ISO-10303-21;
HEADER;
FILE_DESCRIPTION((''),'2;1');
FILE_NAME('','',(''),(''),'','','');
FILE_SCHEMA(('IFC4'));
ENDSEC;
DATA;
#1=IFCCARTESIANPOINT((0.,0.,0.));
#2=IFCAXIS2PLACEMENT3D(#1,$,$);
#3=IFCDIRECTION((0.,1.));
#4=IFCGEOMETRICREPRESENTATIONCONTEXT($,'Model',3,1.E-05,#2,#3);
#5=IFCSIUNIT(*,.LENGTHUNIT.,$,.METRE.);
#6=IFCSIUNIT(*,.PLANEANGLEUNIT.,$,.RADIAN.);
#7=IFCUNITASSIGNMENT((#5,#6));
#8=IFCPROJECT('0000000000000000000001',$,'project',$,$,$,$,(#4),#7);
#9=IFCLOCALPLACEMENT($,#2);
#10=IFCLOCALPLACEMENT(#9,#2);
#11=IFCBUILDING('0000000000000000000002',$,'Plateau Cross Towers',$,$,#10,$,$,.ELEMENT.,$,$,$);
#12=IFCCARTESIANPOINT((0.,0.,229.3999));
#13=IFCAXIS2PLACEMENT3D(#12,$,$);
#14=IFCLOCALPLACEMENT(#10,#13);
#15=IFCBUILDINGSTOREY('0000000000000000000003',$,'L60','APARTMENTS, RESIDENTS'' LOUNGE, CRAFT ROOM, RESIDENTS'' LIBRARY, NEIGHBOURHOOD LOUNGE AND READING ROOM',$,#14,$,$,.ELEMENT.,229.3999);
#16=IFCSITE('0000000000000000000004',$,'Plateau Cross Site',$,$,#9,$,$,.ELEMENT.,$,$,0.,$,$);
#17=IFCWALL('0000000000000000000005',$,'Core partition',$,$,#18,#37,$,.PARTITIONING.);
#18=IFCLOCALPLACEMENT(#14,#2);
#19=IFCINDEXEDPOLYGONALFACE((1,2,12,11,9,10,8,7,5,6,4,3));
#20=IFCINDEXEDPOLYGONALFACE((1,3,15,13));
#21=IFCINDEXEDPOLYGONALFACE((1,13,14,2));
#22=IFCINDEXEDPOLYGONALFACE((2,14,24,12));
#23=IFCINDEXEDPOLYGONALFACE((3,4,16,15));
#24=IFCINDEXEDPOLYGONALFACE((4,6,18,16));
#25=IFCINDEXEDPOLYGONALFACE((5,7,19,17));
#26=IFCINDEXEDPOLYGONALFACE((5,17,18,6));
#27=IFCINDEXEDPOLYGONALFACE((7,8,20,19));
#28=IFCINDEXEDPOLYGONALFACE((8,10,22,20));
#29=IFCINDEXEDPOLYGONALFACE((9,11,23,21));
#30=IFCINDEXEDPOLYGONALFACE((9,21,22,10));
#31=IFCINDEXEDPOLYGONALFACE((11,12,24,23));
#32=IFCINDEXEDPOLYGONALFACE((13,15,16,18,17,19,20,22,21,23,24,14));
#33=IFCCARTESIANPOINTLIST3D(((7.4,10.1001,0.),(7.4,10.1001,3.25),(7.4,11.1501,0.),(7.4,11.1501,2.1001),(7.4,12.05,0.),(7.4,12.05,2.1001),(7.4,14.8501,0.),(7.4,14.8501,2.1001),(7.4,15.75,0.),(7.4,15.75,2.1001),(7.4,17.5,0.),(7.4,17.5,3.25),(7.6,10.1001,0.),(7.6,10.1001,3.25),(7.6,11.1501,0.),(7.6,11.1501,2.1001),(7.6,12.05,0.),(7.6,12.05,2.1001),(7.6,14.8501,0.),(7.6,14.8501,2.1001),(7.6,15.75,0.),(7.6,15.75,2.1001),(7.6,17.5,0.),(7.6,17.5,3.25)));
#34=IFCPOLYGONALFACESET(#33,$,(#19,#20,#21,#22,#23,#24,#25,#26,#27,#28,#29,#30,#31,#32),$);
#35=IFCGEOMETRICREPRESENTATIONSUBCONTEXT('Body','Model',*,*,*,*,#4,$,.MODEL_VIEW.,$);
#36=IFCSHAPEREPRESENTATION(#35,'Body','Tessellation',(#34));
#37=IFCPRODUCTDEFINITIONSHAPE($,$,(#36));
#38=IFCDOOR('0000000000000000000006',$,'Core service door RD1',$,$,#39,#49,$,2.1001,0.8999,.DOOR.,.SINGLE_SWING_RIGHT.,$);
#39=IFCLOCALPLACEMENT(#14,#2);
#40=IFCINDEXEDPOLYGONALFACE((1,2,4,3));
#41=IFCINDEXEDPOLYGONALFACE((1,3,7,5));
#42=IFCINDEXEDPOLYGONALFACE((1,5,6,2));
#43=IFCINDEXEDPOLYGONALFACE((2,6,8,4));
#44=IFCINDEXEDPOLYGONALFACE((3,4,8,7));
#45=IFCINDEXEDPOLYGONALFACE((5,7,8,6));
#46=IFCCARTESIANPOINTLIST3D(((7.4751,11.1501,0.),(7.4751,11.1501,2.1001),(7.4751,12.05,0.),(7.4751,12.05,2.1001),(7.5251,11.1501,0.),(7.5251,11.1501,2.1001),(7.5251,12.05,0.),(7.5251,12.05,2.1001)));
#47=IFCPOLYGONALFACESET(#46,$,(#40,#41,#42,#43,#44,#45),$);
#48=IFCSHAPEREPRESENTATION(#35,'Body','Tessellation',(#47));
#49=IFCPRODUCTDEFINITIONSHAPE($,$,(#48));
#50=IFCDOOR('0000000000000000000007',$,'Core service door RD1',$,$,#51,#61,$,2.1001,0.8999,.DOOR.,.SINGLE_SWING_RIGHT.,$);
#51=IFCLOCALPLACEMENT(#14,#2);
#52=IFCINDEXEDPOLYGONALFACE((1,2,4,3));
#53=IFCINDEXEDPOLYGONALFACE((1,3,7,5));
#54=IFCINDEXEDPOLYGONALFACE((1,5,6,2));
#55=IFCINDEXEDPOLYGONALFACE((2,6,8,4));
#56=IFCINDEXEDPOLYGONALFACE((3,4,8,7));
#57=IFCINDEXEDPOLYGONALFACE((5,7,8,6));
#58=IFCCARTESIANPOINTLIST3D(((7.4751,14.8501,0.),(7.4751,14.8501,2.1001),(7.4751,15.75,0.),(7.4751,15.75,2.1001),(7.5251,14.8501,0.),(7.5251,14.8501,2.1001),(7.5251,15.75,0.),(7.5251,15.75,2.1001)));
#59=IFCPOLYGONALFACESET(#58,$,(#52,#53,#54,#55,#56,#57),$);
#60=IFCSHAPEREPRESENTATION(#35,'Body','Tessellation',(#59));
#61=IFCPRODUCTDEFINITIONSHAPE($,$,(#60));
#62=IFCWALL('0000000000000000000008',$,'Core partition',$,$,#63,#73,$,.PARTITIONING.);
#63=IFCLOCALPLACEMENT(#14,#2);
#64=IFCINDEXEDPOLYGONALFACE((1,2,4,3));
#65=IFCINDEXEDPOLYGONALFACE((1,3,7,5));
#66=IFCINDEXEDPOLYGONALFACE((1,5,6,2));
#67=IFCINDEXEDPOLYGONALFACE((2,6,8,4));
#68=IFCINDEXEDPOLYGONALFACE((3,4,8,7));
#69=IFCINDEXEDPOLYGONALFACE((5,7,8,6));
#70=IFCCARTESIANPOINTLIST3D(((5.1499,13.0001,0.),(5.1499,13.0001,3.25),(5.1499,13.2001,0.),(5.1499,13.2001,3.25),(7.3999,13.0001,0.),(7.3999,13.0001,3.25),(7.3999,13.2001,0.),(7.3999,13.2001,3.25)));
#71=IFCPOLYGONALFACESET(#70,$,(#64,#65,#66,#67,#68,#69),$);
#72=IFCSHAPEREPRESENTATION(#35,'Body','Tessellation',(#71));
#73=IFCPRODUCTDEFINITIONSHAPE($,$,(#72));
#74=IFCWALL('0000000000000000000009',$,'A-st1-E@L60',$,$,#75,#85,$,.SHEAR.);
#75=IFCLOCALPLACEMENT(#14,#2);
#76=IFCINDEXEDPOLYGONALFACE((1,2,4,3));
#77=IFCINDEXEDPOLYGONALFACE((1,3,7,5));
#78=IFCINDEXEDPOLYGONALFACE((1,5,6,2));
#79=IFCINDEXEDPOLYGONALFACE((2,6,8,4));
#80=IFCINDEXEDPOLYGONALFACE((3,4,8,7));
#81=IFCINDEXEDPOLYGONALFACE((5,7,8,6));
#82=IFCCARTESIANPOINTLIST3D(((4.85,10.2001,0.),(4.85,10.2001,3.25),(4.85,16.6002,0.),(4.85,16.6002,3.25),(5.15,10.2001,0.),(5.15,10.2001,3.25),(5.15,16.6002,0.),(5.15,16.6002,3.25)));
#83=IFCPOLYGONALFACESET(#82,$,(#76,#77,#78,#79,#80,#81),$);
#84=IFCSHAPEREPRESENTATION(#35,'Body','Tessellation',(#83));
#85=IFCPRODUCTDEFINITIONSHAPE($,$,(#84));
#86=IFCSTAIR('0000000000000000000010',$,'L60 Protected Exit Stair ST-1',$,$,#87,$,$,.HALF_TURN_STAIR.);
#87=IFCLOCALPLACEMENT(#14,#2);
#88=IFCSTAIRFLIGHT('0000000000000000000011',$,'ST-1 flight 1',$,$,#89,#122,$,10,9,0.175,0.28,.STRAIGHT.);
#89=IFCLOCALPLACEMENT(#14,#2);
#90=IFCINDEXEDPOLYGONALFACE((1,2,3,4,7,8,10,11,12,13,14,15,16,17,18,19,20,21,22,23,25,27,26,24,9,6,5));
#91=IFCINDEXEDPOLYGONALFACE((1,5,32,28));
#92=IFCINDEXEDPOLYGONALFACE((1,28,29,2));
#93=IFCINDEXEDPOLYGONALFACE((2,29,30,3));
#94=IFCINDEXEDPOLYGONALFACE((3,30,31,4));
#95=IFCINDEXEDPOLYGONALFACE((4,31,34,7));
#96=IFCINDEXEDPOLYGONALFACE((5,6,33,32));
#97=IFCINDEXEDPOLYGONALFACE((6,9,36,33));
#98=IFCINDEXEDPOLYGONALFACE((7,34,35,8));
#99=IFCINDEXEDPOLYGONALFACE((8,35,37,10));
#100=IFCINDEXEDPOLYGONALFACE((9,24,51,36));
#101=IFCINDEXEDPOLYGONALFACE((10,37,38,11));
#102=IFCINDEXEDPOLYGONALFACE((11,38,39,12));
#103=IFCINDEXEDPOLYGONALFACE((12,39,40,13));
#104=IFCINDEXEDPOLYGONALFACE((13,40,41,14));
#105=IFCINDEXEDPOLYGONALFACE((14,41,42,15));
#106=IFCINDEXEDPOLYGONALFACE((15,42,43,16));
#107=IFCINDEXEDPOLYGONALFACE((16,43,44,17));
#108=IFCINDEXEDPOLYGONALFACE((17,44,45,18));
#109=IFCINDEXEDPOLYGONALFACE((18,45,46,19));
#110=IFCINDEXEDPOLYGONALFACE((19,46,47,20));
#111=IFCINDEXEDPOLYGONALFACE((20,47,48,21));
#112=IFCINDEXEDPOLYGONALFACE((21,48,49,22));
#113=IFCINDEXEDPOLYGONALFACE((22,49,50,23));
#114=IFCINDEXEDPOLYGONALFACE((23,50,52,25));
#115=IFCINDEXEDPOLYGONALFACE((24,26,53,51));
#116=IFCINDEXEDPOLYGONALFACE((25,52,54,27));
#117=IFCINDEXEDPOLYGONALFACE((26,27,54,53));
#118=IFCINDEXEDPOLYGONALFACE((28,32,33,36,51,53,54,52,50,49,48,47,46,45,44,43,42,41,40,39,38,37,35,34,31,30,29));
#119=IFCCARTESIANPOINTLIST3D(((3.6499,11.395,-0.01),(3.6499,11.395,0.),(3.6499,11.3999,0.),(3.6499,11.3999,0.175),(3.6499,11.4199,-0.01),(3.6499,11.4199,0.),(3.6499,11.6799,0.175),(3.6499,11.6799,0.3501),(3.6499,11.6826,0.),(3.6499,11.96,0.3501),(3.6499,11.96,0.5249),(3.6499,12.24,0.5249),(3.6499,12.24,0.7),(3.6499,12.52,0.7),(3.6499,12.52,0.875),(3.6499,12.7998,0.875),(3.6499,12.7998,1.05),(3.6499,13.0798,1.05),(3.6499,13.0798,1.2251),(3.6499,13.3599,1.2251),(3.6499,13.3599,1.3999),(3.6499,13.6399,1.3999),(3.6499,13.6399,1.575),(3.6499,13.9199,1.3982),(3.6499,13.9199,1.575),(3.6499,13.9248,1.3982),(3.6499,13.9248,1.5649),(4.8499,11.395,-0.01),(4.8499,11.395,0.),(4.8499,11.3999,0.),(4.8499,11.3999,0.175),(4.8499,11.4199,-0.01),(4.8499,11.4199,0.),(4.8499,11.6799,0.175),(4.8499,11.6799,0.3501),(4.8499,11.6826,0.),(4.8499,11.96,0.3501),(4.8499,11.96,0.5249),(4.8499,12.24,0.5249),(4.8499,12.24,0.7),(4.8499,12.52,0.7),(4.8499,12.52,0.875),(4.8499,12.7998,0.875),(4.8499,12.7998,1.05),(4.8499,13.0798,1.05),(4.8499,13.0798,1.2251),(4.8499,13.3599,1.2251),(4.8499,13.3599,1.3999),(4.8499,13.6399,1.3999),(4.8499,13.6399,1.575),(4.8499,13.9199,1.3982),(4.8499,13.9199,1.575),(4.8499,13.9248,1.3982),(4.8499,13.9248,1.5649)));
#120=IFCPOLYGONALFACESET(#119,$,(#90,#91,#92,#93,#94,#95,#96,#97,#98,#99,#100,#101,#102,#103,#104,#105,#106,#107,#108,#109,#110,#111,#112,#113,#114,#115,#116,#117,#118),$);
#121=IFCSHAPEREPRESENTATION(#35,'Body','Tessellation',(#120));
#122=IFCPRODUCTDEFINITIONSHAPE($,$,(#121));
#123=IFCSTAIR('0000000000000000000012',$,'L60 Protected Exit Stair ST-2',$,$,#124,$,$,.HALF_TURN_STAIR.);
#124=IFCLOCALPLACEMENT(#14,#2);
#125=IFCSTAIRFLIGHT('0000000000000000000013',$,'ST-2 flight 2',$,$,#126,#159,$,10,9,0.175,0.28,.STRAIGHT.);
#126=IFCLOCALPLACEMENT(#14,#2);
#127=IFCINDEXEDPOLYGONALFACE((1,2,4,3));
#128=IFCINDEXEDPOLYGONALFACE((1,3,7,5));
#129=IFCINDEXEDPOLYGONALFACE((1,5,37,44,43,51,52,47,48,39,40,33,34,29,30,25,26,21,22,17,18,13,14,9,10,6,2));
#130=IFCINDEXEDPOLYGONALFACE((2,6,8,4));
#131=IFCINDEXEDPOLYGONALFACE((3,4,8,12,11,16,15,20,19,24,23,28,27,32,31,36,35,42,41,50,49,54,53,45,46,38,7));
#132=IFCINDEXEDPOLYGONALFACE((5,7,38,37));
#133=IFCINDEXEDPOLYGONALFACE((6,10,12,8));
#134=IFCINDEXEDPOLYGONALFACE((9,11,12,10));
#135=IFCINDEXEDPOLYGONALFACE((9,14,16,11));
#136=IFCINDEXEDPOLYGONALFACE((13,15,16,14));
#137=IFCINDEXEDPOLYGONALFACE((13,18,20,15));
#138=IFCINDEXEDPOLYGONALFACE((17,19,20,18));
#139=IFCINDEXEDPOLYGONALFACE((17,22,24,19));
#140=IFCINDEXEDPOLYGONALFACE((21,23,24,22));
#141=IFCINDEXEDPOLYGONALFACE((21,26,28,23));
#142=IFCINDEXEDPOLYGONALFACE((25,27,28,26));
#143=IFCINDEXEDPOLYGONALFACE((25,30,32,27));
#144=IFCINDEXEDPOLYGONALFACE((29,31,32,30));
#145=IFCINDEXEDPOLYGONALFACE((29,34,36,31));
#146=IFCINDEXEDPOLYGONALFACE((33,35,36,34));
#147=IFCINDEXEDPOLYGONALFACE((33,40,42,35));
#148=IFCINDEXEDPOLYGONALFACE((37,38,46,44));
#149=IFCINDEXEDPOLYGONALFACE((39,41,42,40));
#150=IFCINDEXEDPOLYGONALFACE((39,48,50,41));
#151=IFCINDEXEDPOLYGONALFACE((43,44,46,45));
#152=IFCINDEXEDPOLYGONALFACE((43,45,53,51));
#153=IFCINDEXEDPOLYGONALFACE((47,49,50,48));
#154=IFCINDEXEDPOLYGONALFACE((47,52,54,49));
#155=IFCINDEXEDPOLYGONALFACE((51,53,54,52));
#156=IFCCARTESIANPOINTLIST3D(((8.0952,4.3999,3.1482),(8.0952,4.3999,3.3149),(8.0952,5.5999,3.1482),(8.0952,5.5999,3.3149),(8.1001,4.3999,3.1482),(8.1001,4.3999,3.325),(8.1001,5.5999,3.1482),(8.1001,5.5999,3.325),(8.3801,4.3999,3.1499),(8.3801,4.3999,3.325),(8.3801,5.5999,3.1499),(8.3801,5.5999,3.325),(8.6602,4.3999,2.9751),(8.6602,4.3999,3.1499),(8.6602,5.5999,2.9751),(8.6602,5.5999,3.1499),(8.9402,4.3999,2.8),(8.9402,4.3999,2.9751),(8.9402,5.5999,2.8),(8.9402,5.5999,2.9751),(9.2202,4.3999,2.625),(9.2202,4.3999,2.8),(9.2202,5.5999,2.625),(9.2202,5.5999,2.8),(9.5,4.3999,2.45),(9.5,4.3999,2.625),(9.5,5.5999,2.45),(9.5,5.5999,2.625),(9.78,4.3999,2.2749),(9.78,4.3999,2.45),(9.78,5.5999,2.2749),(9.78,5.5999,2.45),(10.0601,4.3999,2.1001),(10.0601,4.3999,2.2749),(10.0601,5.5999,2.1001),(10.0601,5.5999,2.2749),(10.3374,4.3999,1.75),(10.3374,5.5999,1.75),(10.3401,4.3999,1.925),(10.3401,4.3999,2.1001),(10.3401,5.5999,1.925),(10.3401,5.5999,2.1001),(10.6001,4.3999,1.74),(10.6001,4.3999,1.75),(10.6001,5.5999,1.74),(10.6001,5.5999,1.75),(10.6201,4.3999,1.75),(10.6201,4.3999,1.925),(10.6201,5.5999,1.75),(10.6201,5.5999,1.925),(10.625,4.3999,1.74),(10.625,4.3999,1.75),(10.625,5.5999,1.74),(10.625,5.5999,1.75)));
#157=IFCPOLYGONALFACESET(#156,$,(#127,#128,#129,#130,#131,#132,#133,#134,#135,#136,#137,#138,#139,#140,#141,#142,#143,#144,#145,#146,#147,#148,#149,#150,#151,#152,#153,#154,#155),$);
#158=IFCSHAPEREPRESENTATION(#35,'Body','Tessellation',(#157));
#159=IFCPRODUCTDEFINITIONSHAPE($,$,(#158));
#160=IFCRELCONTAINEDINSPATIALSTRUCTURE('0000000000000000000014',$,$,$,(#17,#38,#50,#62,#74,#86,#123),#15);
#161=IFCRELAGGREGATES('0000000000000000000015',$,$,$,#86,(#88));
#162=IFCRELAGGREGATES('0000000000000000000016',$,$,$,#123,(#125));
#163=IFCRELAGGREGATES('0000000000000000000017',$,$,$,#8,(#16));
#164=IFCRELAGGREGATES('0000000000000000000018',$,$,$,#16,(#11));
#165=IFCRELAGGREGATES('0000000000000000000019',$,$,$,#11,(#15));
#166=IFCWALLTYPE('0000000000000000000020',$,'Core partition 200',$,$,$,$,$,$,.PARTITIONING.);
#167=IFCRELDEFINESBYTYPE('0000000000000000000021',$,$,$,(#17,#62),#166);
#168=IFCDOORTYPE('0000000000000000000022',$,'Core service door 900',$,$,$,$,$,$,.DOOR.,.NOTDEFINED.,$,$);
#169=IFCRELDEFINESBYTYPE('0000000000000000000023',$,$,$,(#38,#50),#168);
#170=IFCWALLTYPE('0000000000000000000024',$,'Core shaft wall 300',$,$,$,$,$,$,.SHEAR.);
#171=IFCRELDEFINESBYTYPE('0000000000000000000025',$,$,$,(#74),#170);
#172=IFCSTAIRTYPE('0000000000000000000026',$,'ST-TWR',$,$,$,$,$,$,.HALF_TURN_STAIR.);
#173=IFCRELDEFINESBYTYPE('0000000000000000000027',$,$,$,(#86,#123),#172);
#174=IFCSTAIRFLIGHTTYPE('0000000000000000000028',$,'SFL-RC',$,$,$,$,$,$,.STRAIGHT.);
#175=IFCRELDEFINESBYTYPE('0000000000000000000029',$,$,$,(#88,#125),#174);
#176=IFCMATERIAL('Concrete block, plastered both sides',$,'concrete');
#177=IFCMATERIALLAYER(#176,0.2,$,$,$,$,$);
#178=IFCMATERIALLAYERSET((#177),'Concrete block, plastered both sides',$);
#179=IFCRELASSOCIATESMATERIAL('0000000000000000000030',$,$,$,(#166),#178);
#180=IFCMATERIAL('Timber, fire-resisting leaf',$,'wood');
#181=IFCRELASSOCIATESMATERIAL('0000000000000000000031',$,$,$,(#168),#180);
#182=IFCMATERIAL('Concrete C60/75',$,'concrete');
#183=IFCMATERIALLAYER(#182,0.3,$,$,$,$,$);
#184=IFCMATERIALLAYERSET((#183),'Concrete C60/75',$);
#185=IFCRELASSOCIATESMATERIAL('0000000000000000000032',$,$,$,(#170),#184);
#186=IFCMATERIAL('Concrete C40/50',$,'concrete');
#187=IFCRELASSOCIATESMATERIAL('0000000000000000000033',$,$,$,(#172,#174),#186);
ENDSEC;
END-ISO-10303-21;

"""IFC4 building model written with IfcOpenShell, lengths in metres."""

from ifc_helpers import new_model, si_unit, direction, frame, frame_2d, origin, place, context, subcontext, project, spatial, polyline, rectangle, outline, extrude, material, layer, layer_set, type_object, element, fill, aggregate, save


model = new_model("IFC4")

# Units and contexts
model_context = context("Model", 3, precision=1e-05, world=origin(), true_north=direction((0.0, 1.0)))
body_context = subcontext(model_context, "Body", "Model", "MODEL_VIEW")
ifc_project = project(units=[si_unit("LENGTHUNIT", "METRE"), si_unit("PLANEANGLEUNIT", "RADIAN")], contexts=[model_context])

# Site, building, storey
site_placement = place(None, origin())
site = spatial("IfcSite", under=ifc_project, at=site_placement, Name="Plateau Cross Site", CompositionType="ELEMENT", RefElevation=0.0)
building_placement = place(site_placement, origin())
building = spatial("IfcBuilding", under=site, at=building_placement, Name="Plateau Cross Towers", CompositionType="ELEMENT")
storey_placement = place(building_placement, frame((0.0, 0.0, 229.3999)))
storey = spatial("IfcBuildingStorey", under=building, at=storey_placement, Name="L60", Description="APARTMENTS, RESIDENTS' LOUNGE, CRAFT ROOM, RESIDENTS' LIBRARY, NEIGHBOURHOOD LOUNGE AND READING ROOM", CompositionType="ELEMENT", Elevation=229.3999)

# Shared definitions
ifc_material_1 = material(Name="Concrete block, plastered both sides", Category="concrete")
ifc_layer_1 = layer(ifc_material_1, 0.2)
ifc_layer_set_1 = layer_set([ifc_layer_1], Name="Concrete block, plastered both sides")
wall_type_1 = type_object("IfcWallType", Name="Core partition 200", PredefinedType="PARTITIONING", material=ifc_layer_set_1)

# Shared definitions
ifc_material_2 = material(Name="Timber, fire-resisting leaf", Category="wood")
door_type_1 = type_object("IfcDoorType", Name="Core service door 900", OperationType="NOTDEFINED", PredefinedType="DOOR", material=ifc_material_2)

# Wall, openings, doors
wall_1_placement = place(storey_placement, frame((7.5, 10.1001, 0.0), z_axis=(0.0, 0.0, 1.0), x_axis=(0.0, 1.0, 0.0)))
wall_1 = element("IfcWall", 1, at=wall_1_placement, inside=storey, type_object=wall_type_1, Name="Core partition", PredefinedType="PARTITIONING", context=body_context, shape_type="SweptSolid", body=[
    extrude(rectangle(XDim=7.3999, YDim=0.2, at=frame_2d((3.7, 0.0))), origin(), (0.0, 0.0, 1.0), 3.25),
])
opening_1_placement = place(wall_1_placement, frame((1.05, 0.0, 0.0)))
opening_1 = element("IfcOpeningElement", 2, at=opening_1_placement, cuts=wall_1, PredefinedType="OPENING", context=body_context, shape_type="SweptSolid", body=[
    extrude(rectangle(XDim=0.8999, YDim=2.1001, at=frame_2d((0.45, 1.05))), frame((0.0, 0.1099, 0.0), z_axis=(0.0, -1.0, 0.0), x_axis=(1.0, 0.0, 0.0)), (0.0, 0.0, 1.0), 0.22),
])
opening_2_placement = place(wall_1_placement, frame((4.75, 0.0, 0.0)))
opening_2 = element("IfcOpeningElement", 3, at=opening_2_placement, cuts=wall_1, PredefinedType="OPENING", context=body_context, shape_type="SweptSolid", body=[
    extrude(rectangle(XDim=0.8999, YDim=2.1001, at=frame_2d((0.45, 1.05))), frame((0.0, 0.1099, 0.0), z_axis=(0.0, -1.0, 0.0), x_axis=(1.0, 0.0, 0.0)), (0.0, 0.0, 1.0), 0.22),
])
door_1_placement = place(opening_1_placement, origin())
door_1 = element("IfcDoor", 4, at=door_1_placement, inside=storey, type_object=door_type_1, Name="Core service door RD1", OperationType="SINGLE_SWING_RIGHT", OverallHeight=2.1001, OverallWidth=0.8999, PredefinedType="DOOR", context=body_context, shape_type="SweptSolid", body=[
    extrude(rectangle(XDim=0.8999, YDim=2.1001, at=frame_2d((0.45, 1.05))), frame((0.0, 0.0249, 0.0), z_axis=(0.0, -1.0, 0.0), x_axis=(1.0, 0.0, 0.0)), (0.0, 0.0, 1.0), 0.05),
])
fill(opening_1, door_1)
door_2_placement = place(opening_2_placement, origin())
door_2 = element("IfcDoor", 5, at=door_2_placement, inside=storey, type_object=door_type_1, Name="Core service door RD1", OperationType="SINGLE_SWING_RIGHT", OverallHeight=2.1001, OverallWidth=0.8999, PredefinedType="DOOR", context=body_context, shape_type="SweptSolid", body=[
    extrude(rectangle(XDim=0.8999, YDim=2.1001, at=frame_2d((0.45, 1.05))), frame((0.0, 0.0249, 0.0), z_axis=(0.0, -1.0, 0.0), x_axis=(1.0, 0.0, 0.0)), (0.0, 0.0, 1.0), 0.05),
])
fill(opening_2, door_2)

# Walls
wall_2_placement = place(storey_placement, frame((5.1499, 13.1001, 0.0), z_axis=(0.0, 0.0, 1.0), x_axis=(1.0, 0.0, 0.0)))
element("IfcWall", 6, at=wall_2_placement, inside=storey, type_object=wall_type_1, Name="Core partition", PredefinedType="PARTITIONING", context=body_context, shape_type="SweptSolid", body=[
    extrude(rectangle(XDim=2.25, YDim=0.2, at=frame_2d((1.125, 0.0))), origin(), (0.0, 0.0, 1.0), 3.25),
])
ifc_material_3 = material(Name="Concrete C60/75", Category="concrete")
ifc_layer_2 = layer(ifc_material_3, 0.3)
ifc_layer_set_2 = layer_set([ifc_layer_2], Name="Concrete C60/75")
wall_type_2 = type_object("IfcWallType", Name="Core shaft wall 300", PredefinedType="SHEAR", material=ifc_layer_set_2)
wall_3_placement = place(storey_placement, frame((5.0, 10.2, 0.0), z_axis=(0.0, 0.0, 1.0), x_axis=(0.0, 1.0, 0.0)))
element("IfcWall", 7, at=wall_3_placement, inside=storey, type_object=wall_type_2, Name="A-st1-E@L60", PredefinedType="SHEAR", context=body_context, shape_type="SweptSolid", body=[
    extrude(rectangle(XDim=6.4001, YDim=0.3, at=frame_2d((3.2002, 0.0))), origin(), (0.0, 0.0, 1.0), 3.25),
])

# Stairs, stair flights
ifc_material_4 = material(Name="Concrete C40/50", Category="concrete")
stair_type = type_object("IfcStairType", Name="ST-TWR", PredefinedType="HALF_TURN_STAIR", material=ifc_material_4)
stair_1_placement = place(storey_placement, origin())
stair_1 = element("IfcStair", 8, at=stair_1_placement, inside=storey, type_object=stair_type, Name="L60 Protected Exit Stair ST-1", PredefinedType="HALF_TURN_STAIR")
stair_flight_type = type_object("IfcStairFlightType", Name="SFL-RC", PredefinedType="STRAIGHT", material=ifc_material_4)
stair_flight_1_placement = place(storey_placement, frame((4.25, 11.3999, 0.0), z_axis=(0.0, 0.0, 1.0), x_axis=(0.0, 1.0, 0.0)))
stair_flight_1 = element("IfcStairFlight", 9, at=stair_flight_1_placement, type_object=stair_flight_type, Name="ST-1 flight 1", NumberOfRisers=10, NumberOfTreads=9, PredefinedType="STRAIGHT", RiserHeight=0.175, TreadLength=0.28, context=body_context, shape_type="SweptSolid", body=[
    extrude(outline(polyline([(-0.0049, -0.01), (-0.0049, 0.0), (0.0, 0.0), (0.0, 0.175), (0.28, 0.175), (0.28, 0.3501), (0.5601, 0.3501), (0.5601, 0.5249), (0.8401, 0.5249), (0.8401, 0.7), (1.1201, 0.7), (1.1201, 0.875), (1.3999, 0.875), (1.3999, 1.05), (1.6799, 1.05), (1.6799, 1.2251), (1.96, 1.2251), (1.96, 1.3999), (2.24, 1.3999), (2.24, 1.575), (2.52, 1.575), (2.5249, 1.5649), (2.5249, 1.3982), (2.52, 1.3982), (0.2827, 0.0), (0.02, 0.0), (0.02, -0.01), (-0.0049, -0.01)])), frame((0.0, 0.6001, 0.0), z_axis=(0.0, -1.0, 0.0), x_axis=(1.0, 0.0, 0.0)), (0.0, 0.0, 1.0), 1.2),
])
aggregate(stair_1, [stair_flight_1])
stair_2_placement = place(storey_placement, origin())
stair_2 = element("IfcStair", 10, at=stair_2_placement, inside=storey, type_object=stair_type, Name="L60 Protected Exit Stair ST-2", PredefinedType="HALF_TURN_STAIR")
stair_flight_2_placement = place(storey_placement, frame((10.6201, 5.0, 1.75), z_axis=(0.0, 0.0, 1.0), x_axis=(-1.0, 0.0, 0.0)))
stair_flight_2 = element("IfcStairFlight", 11, at=stair_flight_2_placement, type_object=stair_flight_type, Name="ST-2 flight 2", NumberOfRisers=10, NumberOfTreads=9, PredefinedType="STRAIGHT", RiserHeight=0.175, TreadLength=0.28, context=body_context, shape_type="SweptSolid", body=[
    extrude(outline(polyline([(-0.0049, -0.01), (-0.0049, 0.0), (0.0, 0.0), (0.0, 0.175), (0.28, 0.175), (0.28, 0.3501), (0.5601, 0.3501), (0.5601, 0.5249), (0.8401, 0.5249), (0.8401, 0.7), (1.1201, 0.7), (1.1201, 0.875), (1.3999, 0.875), (1.3999, 1.05), (1.6799, 1.05), (1.6799, 1.2251), (1.96, 1.2251), (1.96, 1.3999), (2.24, 1.3999), (2.24, 1.575), (2.52, 1.575), (2.5249, 1.5649), (2.5249, 1.3982), (2.52, 1.3982), (0.2827, 0.0), (0.02, 0.0), (0.02, -0.01), (-0.0049, -0.01)])), frame((0.0, 0.6001, 0.0), z_axis=(0.0, -1.0, 0.0), x_axis=(1.0, 0.0, 0.0)), (0.0, 0.0, 1.0), 1.2),
])
aggregate(stair_2, [stair_flight_2])

save(model, "model.ifc")
